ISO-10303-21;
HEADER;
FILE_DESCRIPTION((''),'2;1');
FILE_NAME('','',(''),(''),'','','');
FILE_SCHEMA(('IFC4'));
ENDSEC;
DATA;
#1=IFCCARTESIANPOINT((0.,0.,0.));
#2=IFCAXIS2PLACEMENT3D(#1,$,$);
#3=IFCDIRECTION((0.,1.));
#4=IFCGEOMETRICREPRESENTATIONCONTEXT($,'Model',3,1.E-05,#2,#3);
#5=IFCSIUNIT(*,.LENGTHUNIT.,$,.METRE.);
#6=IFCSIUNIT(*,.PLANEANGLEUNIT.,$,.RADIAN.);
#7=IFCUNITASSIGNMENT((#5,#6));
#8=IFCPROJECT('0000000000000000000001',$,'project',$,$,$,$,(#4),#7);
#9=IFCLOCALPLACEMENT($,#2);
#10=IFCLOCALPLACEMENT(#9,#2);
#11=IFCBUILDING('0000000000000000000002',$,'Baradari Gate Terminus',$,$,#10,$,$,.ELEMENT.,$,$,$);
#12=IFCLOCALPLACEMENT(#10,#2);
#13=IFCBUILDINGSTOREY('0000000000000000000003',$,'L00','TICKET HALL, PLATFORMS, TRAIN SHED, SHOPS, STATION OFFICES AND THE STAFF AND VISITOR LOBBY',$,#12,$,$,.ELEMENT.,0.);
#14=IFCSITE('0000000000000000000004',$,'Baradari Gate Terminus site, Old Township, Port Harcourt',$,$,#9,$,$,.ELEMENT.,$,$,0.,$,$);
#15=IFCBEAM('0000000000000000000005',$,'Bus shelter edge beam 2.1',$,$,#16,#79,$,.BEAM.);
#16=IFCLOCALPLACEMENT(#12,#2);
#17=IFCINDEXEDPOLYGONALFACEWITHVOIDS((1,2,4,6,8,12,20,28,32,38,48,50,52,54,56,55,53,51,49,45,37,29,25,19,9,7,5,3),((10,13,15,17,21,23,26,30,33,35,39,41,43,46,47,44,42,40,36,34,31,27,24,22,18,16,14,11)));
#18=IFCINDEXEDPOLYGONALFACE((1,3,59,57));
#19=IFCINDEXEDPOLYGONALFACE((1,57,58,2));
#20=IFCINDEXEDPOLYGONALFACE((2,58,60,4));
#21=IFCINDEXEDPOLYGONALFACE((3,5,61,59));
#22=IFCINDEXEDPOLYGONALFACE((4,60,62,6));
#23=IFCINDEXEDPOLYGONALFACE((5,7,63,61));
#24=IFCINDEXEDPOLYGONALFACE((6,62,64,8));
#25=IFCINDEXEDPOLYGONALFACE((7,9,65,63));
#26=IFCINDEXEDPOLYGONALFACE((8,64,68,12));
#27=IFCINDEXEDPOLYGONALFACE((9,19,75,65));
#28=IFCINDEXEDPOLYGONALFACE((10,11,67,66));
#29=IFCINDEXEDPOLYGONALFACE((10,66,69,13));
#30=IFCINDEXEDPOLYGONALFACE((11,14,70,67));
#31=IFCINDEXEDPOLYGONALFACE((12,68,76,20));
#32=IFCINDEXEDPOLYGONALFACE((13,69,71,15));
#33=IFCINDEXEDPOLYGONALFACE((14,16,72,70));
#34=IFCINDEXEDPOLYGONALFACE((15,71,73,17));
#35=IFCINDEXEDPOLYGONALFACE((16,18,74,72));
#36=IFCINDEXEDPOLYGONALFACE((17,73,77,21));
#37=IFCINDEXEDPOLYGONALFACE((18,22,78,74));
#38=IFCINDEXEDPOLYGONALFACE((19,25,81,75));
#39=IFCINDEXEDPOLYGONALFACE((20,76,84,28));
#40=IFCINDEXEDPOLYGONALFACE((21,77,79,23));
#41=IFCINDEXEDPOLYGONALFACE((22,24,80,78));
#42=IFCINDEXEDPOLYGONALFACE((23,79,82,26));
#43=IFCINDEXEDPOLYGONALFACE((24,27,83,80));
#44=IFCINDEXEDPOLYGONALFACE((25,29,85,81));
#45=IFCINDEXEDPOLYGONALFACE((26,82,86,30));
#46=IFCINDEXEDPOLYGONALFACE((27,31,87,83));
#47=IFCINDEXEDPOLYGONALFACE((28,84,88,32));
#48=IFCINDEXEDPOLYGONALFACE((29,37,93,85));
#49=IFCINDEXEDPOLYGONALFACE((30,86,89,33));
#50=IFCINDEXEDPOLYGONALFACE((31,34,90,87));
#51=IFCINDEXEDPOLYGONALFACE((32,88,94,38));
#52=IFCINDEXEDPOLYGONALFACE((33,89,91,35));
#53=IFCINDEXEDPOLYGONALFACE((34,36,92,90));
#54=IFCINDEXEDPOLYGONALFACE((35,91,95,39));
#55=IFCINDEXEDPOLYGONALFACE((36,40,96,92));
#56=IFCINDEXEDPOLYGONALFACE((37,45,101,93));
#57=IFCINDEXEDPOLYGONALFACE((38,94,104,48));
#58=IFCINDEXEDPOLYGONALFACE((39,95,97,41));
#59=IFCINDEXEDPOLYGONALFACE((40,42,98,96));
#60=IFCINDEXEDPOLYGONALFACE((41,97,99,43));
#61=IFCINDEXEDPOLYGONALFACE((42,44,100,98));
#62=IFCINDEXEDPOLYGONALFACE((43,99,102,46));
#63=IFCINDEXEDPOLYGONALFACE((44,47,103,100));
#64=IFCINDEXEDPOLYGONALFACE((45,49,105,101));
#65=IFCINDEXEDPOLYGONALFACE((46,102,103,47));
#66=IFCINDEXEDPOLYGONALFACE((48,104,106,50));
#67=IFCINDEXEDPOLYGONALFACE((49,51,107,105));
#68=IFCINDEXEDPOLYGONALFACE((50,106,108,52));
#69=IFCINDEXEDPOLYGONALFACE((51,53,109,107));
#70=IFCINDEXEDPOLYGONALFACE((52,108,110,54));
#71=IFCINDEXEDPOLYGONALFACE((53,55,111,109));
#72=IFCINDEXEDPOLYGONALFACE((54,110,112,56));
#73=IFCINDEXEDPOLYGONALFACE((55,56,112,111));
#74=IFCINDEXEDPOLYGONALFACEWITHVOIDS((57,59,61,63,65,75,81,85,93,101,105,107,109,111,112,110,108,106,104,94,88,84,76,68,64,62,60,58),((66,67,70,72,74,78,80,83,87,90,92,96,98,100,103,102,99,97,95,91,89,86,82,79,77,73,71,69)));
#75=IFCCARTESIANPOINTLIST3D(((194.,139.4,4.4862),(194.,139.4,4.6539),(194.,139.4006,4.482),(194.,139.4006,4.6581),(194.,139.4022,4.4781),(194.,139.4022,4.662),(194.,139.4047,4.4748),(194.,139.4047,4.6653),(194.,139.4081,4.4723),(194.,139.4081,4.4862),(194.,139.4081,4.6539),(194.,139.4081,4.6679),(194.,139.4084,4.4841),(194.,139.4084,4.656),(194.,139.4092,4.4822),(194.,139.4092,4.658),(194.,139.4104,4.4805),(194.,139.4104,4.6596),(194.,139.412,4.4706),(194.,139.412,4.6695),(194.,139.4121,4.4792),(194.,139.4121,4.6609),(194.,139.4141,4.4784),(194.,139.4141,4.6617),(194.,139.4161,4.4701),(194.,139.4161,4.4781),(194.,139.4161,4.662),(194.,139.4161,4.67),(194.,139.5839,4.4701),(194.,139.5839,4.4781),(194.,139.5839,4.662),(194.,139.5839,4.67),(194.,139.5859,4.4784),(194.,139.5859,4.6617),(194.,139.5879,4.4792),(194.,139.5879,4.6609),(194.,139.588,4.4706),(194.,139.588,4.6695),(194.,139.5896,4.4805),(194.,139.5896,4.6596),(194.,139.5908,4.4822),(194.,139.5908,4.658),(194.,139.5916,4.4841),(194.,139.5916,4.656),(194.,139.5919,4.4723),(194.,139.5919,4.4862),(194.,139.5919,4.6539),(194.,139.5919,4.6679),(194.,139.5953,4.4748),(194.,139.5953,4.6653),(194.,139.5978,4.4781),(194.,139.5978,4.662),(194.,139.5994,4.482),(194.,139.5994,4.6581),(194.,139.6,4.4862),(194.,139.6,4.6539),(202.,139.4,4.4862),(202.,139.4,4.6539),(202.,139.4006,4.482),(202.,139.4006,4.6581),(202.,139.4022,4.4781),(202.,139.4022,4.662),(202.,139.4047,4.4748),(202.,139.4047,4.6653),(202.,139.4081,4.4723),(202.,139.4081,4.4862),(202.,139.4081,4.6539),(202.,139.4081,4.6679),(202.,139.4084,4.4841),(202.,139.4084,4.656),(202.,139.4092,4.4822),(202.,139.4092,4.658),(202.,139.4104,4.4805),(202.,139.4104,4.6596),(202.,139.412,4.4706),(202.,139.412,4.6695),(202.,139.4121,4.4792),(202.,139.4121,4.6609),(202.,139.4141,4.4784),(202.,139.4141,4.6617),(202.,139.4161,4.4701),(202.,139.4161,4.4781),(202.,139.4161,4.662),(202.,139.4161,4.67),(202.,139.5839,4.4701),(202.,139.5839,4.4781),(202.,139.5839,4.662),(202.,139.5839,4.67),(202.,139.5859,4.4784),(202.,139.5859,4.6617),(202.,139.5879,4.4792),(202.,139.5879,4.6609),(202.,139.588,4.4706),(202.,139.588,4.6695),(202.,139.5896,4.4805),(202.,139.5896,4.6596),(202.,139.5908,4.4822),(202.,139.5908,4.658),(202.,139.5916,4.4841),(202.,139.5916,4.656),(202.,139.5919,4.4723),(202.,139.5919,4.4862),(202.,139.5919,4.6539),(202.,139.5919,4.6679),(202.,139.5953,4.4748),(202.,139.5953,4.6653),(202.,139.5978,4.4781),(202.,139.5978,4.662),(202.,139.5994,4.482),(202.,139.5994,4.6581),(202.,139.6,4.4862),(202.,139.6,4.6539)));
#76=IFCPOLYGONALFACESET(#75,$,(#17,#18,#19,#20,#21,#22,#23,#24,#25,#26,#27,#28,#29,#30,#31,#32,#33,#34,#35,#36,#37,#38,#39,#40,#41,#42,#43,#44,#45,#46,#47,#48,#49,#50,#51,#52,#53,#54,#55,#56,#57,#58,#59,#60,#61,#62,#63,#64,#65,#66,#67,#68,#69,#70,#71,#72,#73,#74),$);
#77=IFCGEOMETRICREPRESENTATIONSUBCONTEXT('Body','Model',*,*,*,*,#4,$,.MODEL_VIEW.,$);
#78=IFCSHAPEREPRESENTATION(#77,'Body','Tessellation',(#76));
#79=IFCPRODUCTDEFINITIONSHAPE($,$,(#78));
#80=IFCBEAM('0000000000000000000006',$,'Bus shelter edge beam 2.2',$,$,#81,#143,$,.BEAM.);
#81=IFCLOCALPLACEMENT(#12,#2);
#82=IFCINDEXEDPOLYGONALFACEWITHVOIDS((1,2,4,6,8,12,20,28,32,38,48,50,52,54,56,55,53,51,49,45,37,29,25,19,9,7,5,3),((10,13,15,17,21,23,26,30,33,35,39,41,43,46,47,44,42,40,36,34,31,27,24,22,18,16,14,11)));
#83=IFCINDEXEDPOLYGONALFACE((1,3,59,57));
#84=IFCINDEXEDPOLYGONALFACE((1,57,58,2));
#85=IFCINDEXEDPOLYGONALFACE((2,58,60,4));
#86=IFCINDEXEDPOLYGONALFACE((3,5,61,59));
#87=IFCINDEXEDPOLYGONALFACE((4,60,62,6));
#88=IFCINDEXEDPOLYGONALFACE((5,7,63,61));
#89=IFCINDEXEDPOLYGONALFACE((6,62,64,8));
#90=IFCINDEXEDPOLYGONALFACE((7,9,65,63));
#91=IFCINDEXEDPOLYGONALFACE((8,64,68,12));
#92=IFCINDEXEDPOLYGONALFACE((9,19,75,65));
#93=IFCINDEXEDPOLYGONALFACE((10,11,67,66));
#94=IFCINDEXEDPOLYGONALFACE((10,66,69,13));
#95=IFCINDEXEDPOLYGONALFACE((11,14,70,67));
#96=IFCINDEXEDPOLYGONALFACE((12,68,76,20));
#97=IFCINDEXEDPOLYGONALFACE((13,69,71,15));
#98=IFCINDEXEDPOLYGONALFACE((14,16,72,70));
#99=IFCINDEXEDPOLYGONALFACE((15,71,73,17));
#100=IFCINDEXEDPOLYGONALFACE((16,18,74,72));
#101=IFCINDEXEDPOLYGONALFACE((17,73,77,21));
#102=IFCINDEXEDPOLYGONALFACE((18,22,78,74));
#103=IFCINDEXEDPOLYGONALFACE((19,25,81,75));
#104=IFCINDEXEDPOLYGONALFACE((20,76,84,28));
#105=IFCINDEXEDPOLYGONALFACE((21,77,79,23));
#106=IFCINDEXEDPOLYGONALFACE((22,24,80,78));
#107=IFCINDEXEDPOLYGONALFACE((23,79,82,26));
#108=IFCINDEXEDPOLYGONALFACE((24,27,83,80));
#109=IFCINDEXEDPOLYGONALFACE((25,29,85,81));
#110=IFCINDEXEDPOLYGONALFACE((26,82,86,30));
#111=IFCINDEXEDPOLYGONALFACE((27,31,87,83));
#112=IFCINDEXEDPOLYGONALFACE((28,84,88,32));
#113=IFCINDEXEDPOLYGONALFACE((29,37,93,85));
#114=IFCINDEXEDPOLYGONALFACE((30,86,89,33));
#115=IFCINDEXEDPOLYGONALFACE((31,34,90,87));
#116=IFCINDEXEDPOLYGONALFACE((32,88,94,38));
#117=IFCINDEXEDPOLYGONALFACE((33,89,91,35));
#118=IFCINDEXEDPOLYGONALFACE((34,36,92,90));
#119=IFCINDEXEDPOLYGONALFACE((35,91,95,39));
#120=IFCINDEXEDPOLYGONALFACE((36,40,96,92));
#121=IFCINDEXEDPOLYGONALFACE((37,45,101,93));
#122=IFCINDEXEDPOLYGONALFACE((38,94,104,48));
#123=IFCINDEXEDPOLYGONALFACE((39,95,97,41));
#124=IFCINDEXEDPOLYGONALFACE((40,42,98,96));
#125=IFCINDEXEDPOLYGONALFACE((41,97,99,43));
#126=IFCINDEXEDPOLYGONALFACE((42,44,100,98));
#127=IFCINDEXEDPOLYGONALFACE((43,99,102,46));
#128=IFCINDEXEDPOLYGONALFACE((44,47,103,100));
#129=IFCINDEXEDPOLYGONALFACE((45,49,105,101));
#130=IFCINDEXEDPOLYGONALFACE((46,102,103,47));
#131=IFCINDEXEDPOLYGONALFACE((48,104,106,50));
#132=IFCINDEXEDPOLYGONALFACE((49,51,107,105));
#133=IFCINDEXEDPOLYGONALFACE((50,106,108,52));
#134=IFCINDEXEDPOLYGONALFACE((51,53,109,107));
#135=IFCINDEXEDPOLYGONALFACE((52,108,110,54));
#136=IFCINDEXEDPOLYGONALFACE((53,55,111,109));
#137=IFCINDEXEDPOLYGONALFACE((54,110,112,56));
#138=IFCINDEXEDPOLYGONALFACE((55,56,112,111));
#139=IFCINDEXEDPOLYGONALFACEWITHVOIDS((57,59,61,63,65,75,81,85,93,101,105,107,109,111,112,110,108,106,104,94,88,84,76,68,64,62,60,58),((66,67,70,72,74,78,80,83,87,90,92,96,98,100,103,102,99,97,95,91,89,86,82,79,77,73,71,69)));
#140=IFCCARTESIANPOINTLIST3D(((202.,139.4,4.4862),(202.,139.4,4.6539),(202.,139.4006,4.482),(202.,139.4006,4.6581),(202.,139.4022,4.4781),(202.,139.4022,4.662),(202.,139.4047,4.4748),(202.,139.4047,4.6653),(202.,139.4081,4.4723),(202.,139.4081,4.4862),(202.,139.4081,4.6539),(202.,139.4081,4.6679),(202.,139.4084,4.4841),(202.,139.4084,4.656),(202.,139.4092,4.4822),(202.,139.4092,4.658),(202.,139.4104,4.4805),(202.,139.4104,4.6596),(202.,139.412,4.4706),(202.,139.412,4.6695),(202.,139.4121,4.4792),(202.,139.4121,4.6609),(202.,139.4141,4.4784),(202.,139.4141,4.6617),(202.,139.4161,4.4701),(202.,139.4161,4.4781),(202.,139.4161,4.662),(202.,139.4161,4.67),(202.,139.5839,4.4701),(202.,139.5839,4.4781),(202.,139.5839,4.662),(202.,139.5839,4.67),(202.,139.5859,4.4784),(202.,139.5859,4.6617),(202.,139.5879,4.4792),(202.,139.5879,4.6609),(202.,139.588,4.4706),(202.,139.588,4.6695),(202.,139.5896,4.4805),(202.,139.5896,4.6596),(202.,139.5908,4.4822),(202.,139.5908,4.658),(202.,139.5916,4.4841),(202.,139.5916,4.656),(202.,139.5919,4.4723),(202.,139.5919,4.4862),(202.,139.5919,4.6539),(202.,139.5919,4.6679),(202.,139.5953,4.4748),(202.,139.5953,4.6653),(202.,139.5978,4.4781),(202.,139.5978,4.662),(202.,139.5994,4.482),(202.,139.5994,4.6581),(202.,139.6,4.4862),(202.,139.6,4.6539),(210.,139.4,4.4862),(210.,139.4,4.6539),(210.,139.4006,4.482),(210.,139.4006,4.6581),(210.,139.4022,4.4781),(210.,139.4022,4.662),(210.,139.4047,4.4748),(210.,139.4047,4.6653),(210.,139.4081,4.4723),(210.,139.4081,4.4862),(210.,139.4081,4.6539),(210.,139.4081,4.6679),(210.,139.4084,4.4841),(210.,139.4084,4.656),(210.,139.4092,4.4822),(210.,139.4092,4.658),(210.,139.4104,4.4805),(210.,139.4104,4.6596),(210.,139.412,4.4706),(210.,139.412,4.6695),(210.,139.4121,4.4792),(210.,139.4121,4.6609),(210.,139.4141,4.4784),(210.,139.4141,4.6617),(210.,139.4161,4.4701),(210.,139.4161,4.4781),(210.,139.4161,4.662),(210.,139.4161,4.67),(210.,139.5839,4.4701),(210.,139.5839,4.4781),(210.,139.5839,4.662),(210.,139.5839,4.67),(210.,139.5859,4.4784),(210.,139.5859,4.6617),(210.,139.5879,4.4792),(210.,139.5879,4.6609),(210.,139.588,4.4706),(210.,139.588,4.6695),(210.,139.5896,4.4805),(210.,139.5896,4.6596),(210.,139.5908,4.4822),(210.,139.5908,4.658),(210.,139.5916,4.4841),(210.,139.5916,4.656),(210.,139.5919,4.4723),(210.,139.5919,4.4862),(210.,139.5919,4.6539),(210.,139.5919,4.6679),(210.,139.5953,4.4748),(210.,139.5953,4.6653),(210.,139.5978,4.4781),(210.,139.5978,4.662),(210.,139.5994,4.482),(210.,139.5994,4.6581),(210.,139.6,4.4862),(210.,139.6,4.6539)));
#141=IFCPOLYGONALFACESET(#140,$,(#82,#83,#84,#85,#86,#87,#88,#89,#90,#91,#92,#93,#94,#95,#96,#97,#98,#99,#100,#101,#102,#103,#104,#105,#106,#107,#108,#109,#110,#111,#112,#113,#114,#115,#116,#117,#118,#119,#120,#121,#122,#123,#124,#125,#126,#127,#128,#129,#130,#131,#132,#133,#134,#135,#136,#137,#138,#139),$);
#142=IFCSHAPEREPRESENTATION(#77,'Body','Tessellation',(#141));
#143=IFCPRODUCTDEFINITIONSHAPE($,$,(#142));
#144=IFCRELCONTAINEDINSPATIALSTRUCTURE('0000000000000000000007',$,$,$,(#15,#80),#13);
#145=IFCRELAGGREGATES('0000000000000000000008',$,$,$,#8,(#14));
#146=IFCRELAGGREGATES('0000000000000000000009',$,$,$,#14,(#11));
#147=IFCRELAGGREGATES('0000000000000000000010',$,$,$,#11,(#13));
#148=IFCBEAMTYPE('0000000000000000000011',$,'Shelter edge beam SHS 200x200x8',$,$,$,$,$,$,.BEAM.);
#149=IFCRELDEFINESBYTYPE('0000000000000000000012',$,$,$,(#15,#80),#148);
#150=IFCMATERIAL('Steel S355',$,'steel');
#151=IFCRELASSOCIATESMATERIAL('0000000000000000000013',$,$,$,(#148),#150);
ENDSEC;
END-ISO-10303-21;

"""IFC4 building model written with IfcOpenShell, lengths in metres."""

from ifc_helpers import new_model, si_unit, direction, frame, origin, origin_2d, place, context, subcontext, project, spatial, hollow_rectangle, extrude, material, material_profile, profile_set, type_object, element, save


model = new_model("IFC4")

# Units and contexts
model_context = context("Model", 3, precision=1e-05, world=origin(), true_north=direction((0.0, 1.0)))
body_context = subcontext(model_context, "Body", "Model", "MODEL_VIEW")
ifc_project = project(units=[si_unit("LENGTHUNIT", "METRE"), si_unit("PLANEANGLEUNIT", "RADIAN")], contexts=[model_context])

# Site, building, storey
site_placement = place(None, origin())
site = spatial("IfcSite", under=ifc_project, at=site_placement, Name="Baradari Gate Terminus site, Old Township, Port Harcourt", CompositionType="ELEMENT", RefElevation=0.0)
building_placement = place(site_placement, origin())
building = spatial("IfcBuilding", under=site, at=building_placement, Name="Baradari Gate Terminus", CompositionType="ELEMENT")
storey_placement = place(building_placement, origin())
storey = spatial("IfcBuildingStorey", under=building, at=storey_placement, Name="L00", Description="TICKET HALL, PLATFORMS, TRAIN SHED, SHOPS, STATION OFFICES AND THE STAFF AND VISITOR LOBBY", CompositionType="ELEMENT", Elevation=0.0)

# Beams
ifc_material_1 = material(Name="Steel S355", Category="steel")
ifc_material_profile_1 = material_profile(ifc_material_1, hollow_rectangle(XDim=0.2, YDim=0.2, WallThickness=0.0081, InnerFilletRadius=0.0081, OuterFilletRadius=0.0161, at=origin_2d()), Name="SHS 200x200x8")
ifc_profile_set_1 = profile_set([ifc_material_profile_1], Name="Steel S355")
beam_type = type_object("IfcBeamType", Name="Shelter edge beam SHS 200x200x8", PredefinedType="BEAM", material=ifc_profile_set_1)
for number, where, z_axis, x_axis, name in (
    (1, (194.0, 139.5, 4.5701), (1.0, 0.0, 0.0), (0.0, 1.0, 0.0), "Bus shelter edge beam 2.1"),
    (2, (202.0, 139.5, 4.5701), (1.0, 0.0, 0.0), (0.0, 1.0, 0.0), "Bus shelter edge beam 2.2"),
):
    element("IfcBeam", number, at=place(storey_placement, frame(where, z_axis=z_axis, x_axis=x_axis)), inside=storey, type_object=beam_type, Name=name, PredefinedType="BEAM", context=body_context, shape_type="SweptSolid", body=[
        extrude(hollow_rectangle(XDim=0.2, YDim=0.2, WallThickness=0.0081, InnerFilletRadius=0.0081, OuterFilletRadius=0.0161, at=origin_2d()), origin(), (0.0, 0.0, 1.0), 8.0),
    ])

save(model, "model.ifc")
